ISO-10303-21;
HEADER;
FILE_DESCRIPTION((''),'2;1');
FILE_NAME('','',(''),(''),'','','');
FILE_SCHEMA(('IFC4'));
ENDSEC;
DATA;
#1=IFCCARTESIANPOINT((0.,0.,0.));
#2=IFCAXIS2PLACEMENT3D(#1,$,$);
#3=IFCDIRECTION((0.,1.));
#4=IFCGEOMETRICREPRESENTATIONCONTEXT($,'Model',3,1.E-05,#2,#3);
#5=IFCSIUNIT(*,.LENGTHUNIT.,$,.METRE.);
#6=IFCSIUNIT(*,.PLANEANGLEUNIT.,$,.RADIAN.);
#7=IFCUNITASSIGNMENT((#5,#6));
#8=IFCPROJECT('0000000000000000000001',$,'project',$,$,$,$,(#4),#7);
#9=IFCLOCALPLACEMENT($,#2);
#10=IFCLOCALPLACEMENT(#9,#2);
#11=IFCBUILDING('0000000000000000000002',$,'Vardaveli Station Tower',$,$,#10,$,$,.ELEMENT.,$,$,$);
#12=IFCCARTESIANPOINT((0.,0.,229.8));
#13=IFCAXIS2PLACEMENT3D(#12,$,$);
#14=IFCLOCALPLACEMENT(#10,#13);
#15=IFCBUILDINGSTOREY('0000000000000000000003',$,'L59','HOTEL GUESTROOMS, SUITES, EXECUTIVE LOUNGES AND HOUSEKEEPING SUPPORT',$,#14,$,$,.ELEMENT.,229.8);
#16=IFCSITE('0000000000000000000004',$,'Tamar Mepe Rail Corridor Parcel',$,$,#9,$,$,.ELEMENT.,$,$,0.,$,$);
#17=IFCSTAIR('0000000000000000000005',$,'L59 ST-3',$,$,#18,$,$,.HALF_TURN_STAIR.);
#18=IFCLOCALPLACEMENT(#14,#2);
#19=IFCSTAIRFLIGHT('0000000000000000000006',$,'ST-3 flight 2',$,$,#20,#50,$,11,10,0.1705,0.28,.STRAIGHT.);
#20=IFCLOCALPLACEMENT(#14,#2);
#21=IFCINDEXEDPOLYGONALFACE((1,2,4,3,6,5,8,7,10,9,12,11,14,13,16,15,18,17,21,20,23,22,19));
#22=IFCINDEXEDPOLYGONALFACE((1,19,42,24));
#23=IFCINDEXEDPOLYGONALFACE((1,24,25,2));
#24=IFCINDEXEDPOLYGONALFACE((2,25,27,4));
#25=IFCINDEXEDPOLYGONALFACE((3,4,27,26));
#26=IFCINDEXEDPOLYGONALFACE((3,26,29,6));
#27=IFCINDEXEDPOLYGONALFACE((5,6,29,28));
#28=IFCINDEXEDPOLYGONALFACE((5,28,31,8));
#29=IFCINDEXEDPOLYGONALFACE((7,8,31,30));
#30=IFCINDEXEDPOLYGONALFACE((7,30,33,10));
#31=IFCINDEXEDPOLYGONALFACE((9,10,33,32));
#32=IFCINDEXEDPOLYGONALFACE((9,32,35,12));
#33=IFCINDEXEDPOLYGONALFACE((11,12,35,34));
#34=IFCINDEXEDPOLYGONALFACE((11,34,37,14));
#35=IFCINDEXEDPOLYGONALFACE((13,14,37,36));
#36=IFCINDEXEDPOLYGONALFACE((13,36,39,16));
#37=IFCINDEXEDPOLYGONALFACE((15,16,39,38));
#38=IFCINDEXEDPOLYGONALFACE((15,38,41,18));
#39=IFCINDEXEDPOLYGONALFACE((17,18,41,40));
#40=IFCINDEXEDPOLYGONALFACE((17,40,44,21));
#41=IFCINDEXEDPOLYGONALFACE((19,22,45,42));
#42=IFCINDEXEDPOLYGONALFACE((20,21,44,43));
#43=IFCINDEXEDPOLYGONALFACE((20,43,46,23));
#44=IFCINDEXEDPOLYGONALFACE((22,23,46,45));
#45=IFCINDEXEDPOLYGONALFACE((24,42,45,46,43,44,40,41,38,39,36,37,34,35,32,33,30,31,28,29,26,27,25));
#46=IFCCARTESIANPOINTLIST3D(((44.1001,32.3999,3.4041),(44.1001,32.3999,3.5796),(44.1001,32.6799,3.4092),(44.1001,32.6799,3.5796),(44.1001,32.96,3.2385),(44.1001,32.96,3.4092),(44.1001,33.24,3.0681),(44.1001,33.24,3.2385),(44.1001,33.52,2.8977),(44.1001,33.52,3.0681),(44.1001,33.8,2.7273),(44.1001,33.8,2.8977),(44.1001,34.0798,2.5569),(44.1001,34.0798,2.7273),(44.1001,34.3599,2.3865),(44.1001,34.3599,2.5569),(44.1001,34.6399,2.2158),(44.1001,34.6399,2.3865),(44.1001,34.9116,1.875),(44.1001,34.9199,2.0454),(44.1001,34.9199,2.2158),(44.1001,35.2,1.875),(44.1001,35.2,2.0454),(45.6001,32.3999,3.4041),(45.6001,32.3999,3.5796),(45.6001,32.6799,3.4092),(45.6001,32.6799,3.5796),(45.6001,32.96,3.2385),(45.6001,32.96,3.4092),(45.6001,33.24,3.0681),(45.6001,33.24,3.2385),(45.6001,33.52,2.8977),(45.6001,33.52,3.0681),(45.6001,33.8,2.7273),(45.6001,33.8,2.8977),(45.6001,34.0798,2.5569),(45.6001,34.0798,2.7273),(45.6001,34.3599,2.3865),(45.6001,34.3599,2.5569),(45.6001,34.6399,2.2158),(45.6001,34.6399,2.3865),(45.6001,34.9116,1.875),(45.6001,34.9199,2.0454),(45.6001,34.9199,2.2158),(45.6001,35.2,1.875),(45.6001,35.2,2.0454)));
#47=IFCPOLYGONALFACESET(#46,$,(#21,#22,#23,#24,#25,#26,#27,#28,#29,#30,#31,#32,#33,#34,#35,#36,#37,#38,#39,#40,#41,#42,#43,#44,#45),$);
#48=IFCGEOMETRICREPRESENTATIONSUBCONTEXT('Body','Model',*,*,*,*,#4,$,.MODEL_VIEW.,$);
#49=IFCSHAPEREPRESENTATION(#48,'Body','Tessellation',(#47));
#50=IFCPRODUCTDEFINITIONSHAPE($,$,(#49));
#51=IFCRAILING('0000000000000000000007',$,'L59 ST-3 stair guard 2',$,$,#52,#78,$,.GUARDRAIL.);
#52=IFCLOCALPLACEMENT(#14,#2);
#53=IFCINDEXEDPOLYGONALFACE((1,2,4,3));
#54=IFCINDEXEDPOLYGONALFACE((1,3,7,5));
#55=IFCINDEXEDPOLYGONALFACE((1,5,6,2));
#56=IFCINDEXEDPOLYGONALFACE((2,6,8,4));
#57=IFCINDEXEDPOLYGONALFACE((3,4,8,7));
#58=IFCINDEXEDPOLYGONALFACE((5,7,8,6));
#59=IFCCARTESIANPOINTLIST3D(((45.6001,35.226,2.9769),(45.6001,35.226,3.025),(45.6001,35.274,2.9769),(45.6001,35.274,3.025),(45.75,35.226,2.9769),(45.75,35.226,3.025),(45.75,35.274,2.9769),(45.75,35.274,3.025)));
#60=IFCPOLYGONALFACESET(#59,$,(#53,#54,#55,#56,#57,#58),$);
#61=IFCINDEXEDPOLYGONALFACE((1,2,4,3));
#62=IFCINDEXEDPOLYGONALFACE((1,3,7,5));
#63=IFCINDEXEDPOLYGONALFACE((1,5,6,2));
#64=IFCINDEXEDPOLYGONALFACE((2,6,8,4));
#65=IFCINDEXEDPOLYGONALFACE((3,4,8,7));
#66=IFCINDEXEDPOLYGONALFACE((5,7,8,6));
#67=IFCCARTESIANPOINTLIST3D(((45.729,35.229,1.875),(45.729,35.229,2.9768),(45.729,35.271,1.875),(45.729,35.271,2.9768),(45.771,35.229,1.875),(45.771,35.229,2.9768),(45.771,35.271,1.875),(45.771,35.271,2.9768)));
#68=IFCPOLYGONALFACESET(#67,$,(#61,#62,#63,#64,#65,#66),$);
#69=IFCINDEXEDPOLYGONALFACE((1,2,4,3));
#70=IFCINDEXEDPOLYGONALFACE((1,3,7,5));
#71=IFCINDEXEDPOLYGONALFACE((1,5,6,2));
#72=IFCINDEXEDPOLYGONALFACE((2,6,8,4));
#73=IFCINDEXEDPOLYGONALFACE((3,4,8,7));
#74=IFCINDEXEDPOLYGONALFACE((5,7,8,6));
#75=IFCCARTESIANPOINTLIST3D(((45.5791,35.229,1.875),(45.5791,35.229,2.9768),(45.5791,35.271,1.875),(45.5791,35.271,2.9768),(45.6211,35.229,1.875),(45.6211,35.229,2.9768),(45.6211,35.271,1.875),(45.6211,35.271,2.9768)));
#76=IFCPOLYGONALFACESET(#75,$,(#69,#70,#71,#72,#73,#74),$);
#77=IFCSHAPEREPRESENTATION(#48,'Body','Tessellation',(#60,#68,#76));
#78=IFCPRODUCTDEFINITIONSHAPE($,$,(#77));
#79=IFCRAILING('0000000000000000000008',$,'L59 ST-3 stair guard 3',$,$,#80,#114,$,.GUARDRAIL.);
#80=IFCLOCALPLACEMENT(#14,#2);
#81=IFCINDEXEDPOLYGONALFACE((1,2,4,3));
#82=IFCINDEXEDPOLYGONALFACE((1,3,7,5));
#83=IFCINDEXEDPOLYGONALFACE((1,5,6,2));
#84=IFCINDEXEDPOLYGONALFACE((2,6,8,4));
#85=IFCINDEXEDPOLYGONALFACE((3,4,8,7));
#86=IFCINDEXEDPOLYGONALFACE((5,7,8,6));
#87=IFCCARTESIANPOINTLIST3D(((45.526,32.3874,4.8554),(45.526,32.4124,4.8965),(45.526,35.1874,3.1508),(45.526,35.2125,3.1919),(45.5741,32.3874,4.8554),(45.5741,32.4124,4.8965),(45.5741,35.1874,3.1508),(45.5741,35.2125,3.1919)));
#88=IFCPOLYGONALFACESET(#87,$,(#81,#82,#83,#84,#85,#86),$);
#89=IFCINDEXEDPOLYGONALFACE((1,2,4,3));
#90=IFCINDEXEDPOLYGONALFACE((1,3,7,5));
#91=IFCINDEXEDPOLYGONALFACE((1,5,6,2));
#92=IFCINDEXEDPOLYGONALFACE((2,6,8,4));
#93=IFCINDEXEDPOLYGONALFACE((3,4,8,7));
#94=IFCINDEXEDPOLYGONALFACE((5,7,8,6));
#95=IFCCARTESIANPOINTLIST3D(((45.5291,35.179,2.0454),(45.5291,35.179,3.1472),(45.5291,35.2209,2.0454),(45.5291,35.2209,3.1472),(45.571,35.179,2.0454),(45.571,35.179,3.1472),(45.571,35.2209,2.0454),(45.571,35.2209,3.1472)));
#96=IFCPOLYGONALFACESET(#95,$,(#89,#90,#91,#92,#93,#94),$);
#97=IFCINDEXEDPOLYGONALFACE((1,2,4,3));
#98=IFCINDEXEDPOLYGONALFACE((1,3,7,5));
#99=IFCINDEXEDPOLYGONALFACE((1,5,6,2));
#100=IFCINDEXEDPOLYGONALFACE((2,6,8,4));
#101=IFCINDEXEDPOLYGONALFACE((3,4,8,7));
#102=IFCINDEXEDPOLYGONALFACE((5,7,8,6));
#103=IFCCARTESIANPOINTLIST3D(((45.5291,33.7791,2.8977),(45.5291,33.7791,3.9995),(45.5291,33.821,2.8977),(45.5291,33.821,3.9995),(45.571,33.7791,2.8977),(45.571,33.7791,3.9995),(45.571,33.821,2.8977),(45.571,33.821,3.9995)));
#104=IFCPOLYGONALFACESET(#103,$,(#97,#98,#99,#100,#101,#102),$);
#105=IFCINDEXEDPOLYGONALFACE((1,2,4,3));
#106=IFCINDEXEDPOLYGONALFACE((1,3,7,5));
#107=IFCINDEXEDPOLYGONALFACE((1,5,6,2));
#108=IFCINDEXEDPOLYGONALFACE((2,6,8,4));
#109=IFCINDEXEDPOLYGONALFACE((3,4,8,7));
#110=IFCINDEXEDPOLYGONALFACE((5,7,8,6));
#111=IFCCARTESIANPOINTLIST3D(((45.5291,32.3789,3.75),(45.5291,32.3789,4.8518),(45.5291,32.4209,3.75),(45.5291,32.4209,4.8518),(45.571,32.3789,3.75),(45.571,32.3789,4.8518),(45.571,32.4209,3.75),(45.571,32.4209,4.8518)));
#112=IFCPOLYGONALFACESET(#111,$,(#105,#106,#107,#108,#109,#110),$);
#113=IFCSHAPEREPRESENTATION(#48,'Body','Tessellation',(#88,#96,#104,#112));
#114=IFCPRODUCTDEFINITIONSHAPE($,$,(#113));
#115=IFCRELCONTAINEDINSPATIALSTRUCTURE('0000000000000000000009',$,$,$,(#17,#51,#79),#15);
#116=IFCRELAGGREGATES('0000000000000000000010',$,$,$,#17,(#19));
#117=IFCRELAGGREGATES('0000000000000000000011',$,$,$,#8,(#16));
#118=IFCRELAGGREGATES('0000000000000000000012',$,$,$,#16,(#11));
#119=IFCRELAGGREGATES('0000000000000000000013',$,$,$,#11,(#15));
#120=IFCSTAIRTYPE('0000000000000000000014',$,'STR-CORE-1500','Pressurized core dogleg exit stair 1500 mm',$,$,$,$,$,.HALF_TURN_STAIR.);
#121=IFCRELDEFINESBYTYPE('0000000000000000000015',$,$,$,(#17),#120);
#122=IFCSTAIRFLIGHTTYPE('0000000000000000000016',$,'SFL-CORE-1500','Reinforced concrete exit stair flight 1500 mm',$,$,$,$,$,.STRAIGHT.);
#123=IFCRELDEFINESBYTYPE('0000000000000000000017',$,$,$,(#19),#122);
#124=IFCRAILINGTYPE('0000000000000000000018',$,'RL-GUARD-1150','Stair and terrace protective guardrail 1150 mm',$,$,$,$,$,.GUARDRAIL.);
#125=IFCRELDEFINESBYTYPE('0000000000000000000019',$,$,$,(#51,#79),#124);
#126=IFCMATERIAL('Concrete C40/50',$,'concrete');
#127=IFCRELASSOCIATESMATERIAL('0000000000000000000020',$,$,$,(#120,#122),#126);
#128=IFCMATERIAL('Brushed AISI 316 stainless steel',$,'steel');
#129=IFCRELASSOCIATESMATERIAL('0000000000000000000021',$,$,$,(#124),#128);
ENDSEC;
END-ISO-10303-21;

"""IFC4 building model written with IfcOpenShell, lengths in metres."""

from ifc_helpers import new_model, si_unit, direction, frame, origin, origin_2d, place, context, subcontext, project, spatial, polyline, rectangle, outline, extrude, source, transform, mapped, material, type_object, element, aggregate, save


model = new_model("IFC4")

# Units and contexts
model_context = context("Model", 3, precision=1e-05, world=origin(), true_north=direction((0.0, 1.0)))
body_context = subcontext(model_context, "Body", "Model", "MODEL_VIEW")
ifc_project = project(units=[si_unit("LENGTHUNIT", "METRE"), si_unit("PLANEANGLEUNIT", "RADIAN")], contexts=[model_context])

# Site, building, storey
site_placement = place(None, origin())
site = spatial("IfcSite", under=ifc_project, at=site_placement, Name="Tamar Mepe Rail Corridor Parcel", CompositionType="ELEMENT", RefElevation=0.0)
building_placement = place(site_placement, origin())
building = spatial("IfcBuilding", under=site, at=building_placement, Name="Vardaveli Station Tower", CompositionType="ELEMENT")
storey_placement = place(building_placement, frame((0.0, 0.0, 229.8)))
storey = spatial("IfcBuildingStorey", under=building, at=storey_placement, Name="L59", Description="HOTEL GUESTROOMS, SUITES, EXECUTIVE LOUNGES AND HOUSEKEEPING SUPPORT", CompositionType="ELEMENT", Elevation=229.8)

# Stair, stair flight
ifc_material_1 = material(Name="Concrete C40/50", Category="concrete")
stair_type = type_object("IfcStairType", Name="STR-CORE-1500", Description="Pressurized core dogleg exit stair 1500 mm", PredefinedType="HALF_TURN_STAIR", material=ifc_material_1)
stair_placement = place(storey_placement, origin())
stair = element("IfcStair", 1, at=stair_placement, inside=storey, type_object=stair_type, Name="L59 ST-3", PredefinedType="HALF_TURN_STAIR")
stair_flight_type = type_object("IfcStairFlightType", Name="SFL-CORE-1500", Description="Reinforced concrete exit stair flight 1500 mm", PredefinedType="STRAIGHT", material=ifc_material_1)
shared_shape_1 = source(origin(), body_context, "Body", "SweptSolid", [
    extrude(outline(polyline([(0.0, 0.0), (0.0, 0.1704), (0.28, 0.1704), (0.28, 0.3408), (0.5601, 0.3408), (0.5601, 0.5115), (0.8401, 0.5115), (0.8401, 0.6819), (1.1201, 0.6819), (1.1201, 0.8523), (1.3999, 0.8523), (1.3999, 1.0227), (1.6799, 1.0227), (1.6799, 1.1931), (1.96, 1.1931), (1.96, 1.3635), (2.24, 1.3635), (2.24, 1.5342), (2.52, 1.5342), (2.52, 1.7046), (2.8, 1.7046), (2.8, 1.875), (2.8, 1.5291), (0.2883, 0.0), (0.0, 0.0)])), frame((0.0, 0.75, 0.0), z_axis=(0.0, -1.0, 0.0), x_axis=(1.0, 0.0, 0.0)), (0.0, 0.0, 1.0), 1.5),
])
stair_flight_placement = place(storey_placement, frame((44.8501, 35.2, 1.875), z_axis=(0.0, 0.0, 1.0), x_axis=(0.0, -1.0, 0.0)))
stair_flight = element("IfcStairFlight", 2, at=stair_flight_placement, type_object=stair_flight_type, Name="ST-3 flight 2", NumberOfRisers=11, NumberOfTreads=10, PredefinedType="STRAIGHT", RiserHeight=0.1705, TreadLength=0.28, context=body_context, shape_type="MappedRepresentation", body=[
    mapped(shared_shape_1, transform((0.0, 0.0, 0.0), scale=1.0)),
])
aggregate(stair, [stair_flight])

# Railings
ifc_material_2 = material(Name="Brushed AISI 316 stainless steel", Category="steel")
railing_type = type_object("IfcRailingType", Name="RL-GUARD-1150", Description="Stair and terrace protective guardrail 1150 mm", PredefinedType="GUARDRAIL", material=ifc_material_2)
shared_shape_2 = source(origin(), body_context, "Body", "SweptSolid", [
    extrude(rectangle(XDim=0.0481, YDim=0.0481, at=origin_2d()), frame((0.0, 0.0, 1.126), z_axis=(-1.0, 0.0, 0.0), x_axis=(0.0, -1.0, 0.0)), (0.0, 0.0, 1.0), 0.1499),
    extrude(rectangle(XDim=0.042, YDim=0.042, at=origin_2d()), origin(), (0.0, 0.0, 1.0), 1.1018),
    extrude(rectangle(XDim=0.042, YDim=0.042, at=origin_2d()), frame((-0.1499, 0.0, 0.0)), (0.0, 0.0, 1.0), 1.1018),
])
railing_1_placement = place(storey_placement, frame((45.75, 35.25, 1.875)))
element("IfcRailing", 3, at=railing_1_placement, inside=storey, type_object=railing_type, Name="L59 ST-3 stair guard 2", PredefinedType="GUARDRAIL", context=body_context, shape_type="MappedRepresentation", body=[
    mapped(shared_shape_2, transform((0.0, 0.0, 0.0), scale=1.0)),
])
shared_shape_3 = source(origin(), body_context, "Body", "SweptSolid", [
    extrude(rectangle(XDim=0.0481, YDim=0.0481, at=origin_2d()), frame((0.0, 0.0, 1.126), z_axis=(0.0, -0.85417, 0.519994), x_axis=(1.0, 0.0, 0.0)), (0.0, 0.0, 1.0), 3.2781),
    extrude(rectangle(XDim=0.042, YDim=0.042, at=origin_2d()), origin(), (0.0, 0.0, 1.0), 1.1018),
    extrude(rectangle(XDim=0.042, YDim=0.042, at=origin_2d()), frame((0.0, -1.3999, 0.8523)), (0.0, 0.0, 1.0), 1.1018),
    extrude(rectangle(XDim=0.042, YDim=0.042, at=origin_2d()), frame((0.0, -2.8, 1.7046)), (0.0, 0.0, 1.0), 1.1018),
])
railing_2_placement = place(storey_placement, frame((45.55, 35.2, 2.0454)))
element("IfcRailing", 4, at=railing_2_placement, inside=storey, type_object=railing_type, Name="L59 ST-3 stair guard 3", PredefinedType="GUARDRAIL", context=body_context, shape_type="MappedRepresentation", body=[
    mapped(shared_shape_3, transform((0.0, 0.0, 0.0), scale=1.0)),
])

save(model, "model.ifc")
